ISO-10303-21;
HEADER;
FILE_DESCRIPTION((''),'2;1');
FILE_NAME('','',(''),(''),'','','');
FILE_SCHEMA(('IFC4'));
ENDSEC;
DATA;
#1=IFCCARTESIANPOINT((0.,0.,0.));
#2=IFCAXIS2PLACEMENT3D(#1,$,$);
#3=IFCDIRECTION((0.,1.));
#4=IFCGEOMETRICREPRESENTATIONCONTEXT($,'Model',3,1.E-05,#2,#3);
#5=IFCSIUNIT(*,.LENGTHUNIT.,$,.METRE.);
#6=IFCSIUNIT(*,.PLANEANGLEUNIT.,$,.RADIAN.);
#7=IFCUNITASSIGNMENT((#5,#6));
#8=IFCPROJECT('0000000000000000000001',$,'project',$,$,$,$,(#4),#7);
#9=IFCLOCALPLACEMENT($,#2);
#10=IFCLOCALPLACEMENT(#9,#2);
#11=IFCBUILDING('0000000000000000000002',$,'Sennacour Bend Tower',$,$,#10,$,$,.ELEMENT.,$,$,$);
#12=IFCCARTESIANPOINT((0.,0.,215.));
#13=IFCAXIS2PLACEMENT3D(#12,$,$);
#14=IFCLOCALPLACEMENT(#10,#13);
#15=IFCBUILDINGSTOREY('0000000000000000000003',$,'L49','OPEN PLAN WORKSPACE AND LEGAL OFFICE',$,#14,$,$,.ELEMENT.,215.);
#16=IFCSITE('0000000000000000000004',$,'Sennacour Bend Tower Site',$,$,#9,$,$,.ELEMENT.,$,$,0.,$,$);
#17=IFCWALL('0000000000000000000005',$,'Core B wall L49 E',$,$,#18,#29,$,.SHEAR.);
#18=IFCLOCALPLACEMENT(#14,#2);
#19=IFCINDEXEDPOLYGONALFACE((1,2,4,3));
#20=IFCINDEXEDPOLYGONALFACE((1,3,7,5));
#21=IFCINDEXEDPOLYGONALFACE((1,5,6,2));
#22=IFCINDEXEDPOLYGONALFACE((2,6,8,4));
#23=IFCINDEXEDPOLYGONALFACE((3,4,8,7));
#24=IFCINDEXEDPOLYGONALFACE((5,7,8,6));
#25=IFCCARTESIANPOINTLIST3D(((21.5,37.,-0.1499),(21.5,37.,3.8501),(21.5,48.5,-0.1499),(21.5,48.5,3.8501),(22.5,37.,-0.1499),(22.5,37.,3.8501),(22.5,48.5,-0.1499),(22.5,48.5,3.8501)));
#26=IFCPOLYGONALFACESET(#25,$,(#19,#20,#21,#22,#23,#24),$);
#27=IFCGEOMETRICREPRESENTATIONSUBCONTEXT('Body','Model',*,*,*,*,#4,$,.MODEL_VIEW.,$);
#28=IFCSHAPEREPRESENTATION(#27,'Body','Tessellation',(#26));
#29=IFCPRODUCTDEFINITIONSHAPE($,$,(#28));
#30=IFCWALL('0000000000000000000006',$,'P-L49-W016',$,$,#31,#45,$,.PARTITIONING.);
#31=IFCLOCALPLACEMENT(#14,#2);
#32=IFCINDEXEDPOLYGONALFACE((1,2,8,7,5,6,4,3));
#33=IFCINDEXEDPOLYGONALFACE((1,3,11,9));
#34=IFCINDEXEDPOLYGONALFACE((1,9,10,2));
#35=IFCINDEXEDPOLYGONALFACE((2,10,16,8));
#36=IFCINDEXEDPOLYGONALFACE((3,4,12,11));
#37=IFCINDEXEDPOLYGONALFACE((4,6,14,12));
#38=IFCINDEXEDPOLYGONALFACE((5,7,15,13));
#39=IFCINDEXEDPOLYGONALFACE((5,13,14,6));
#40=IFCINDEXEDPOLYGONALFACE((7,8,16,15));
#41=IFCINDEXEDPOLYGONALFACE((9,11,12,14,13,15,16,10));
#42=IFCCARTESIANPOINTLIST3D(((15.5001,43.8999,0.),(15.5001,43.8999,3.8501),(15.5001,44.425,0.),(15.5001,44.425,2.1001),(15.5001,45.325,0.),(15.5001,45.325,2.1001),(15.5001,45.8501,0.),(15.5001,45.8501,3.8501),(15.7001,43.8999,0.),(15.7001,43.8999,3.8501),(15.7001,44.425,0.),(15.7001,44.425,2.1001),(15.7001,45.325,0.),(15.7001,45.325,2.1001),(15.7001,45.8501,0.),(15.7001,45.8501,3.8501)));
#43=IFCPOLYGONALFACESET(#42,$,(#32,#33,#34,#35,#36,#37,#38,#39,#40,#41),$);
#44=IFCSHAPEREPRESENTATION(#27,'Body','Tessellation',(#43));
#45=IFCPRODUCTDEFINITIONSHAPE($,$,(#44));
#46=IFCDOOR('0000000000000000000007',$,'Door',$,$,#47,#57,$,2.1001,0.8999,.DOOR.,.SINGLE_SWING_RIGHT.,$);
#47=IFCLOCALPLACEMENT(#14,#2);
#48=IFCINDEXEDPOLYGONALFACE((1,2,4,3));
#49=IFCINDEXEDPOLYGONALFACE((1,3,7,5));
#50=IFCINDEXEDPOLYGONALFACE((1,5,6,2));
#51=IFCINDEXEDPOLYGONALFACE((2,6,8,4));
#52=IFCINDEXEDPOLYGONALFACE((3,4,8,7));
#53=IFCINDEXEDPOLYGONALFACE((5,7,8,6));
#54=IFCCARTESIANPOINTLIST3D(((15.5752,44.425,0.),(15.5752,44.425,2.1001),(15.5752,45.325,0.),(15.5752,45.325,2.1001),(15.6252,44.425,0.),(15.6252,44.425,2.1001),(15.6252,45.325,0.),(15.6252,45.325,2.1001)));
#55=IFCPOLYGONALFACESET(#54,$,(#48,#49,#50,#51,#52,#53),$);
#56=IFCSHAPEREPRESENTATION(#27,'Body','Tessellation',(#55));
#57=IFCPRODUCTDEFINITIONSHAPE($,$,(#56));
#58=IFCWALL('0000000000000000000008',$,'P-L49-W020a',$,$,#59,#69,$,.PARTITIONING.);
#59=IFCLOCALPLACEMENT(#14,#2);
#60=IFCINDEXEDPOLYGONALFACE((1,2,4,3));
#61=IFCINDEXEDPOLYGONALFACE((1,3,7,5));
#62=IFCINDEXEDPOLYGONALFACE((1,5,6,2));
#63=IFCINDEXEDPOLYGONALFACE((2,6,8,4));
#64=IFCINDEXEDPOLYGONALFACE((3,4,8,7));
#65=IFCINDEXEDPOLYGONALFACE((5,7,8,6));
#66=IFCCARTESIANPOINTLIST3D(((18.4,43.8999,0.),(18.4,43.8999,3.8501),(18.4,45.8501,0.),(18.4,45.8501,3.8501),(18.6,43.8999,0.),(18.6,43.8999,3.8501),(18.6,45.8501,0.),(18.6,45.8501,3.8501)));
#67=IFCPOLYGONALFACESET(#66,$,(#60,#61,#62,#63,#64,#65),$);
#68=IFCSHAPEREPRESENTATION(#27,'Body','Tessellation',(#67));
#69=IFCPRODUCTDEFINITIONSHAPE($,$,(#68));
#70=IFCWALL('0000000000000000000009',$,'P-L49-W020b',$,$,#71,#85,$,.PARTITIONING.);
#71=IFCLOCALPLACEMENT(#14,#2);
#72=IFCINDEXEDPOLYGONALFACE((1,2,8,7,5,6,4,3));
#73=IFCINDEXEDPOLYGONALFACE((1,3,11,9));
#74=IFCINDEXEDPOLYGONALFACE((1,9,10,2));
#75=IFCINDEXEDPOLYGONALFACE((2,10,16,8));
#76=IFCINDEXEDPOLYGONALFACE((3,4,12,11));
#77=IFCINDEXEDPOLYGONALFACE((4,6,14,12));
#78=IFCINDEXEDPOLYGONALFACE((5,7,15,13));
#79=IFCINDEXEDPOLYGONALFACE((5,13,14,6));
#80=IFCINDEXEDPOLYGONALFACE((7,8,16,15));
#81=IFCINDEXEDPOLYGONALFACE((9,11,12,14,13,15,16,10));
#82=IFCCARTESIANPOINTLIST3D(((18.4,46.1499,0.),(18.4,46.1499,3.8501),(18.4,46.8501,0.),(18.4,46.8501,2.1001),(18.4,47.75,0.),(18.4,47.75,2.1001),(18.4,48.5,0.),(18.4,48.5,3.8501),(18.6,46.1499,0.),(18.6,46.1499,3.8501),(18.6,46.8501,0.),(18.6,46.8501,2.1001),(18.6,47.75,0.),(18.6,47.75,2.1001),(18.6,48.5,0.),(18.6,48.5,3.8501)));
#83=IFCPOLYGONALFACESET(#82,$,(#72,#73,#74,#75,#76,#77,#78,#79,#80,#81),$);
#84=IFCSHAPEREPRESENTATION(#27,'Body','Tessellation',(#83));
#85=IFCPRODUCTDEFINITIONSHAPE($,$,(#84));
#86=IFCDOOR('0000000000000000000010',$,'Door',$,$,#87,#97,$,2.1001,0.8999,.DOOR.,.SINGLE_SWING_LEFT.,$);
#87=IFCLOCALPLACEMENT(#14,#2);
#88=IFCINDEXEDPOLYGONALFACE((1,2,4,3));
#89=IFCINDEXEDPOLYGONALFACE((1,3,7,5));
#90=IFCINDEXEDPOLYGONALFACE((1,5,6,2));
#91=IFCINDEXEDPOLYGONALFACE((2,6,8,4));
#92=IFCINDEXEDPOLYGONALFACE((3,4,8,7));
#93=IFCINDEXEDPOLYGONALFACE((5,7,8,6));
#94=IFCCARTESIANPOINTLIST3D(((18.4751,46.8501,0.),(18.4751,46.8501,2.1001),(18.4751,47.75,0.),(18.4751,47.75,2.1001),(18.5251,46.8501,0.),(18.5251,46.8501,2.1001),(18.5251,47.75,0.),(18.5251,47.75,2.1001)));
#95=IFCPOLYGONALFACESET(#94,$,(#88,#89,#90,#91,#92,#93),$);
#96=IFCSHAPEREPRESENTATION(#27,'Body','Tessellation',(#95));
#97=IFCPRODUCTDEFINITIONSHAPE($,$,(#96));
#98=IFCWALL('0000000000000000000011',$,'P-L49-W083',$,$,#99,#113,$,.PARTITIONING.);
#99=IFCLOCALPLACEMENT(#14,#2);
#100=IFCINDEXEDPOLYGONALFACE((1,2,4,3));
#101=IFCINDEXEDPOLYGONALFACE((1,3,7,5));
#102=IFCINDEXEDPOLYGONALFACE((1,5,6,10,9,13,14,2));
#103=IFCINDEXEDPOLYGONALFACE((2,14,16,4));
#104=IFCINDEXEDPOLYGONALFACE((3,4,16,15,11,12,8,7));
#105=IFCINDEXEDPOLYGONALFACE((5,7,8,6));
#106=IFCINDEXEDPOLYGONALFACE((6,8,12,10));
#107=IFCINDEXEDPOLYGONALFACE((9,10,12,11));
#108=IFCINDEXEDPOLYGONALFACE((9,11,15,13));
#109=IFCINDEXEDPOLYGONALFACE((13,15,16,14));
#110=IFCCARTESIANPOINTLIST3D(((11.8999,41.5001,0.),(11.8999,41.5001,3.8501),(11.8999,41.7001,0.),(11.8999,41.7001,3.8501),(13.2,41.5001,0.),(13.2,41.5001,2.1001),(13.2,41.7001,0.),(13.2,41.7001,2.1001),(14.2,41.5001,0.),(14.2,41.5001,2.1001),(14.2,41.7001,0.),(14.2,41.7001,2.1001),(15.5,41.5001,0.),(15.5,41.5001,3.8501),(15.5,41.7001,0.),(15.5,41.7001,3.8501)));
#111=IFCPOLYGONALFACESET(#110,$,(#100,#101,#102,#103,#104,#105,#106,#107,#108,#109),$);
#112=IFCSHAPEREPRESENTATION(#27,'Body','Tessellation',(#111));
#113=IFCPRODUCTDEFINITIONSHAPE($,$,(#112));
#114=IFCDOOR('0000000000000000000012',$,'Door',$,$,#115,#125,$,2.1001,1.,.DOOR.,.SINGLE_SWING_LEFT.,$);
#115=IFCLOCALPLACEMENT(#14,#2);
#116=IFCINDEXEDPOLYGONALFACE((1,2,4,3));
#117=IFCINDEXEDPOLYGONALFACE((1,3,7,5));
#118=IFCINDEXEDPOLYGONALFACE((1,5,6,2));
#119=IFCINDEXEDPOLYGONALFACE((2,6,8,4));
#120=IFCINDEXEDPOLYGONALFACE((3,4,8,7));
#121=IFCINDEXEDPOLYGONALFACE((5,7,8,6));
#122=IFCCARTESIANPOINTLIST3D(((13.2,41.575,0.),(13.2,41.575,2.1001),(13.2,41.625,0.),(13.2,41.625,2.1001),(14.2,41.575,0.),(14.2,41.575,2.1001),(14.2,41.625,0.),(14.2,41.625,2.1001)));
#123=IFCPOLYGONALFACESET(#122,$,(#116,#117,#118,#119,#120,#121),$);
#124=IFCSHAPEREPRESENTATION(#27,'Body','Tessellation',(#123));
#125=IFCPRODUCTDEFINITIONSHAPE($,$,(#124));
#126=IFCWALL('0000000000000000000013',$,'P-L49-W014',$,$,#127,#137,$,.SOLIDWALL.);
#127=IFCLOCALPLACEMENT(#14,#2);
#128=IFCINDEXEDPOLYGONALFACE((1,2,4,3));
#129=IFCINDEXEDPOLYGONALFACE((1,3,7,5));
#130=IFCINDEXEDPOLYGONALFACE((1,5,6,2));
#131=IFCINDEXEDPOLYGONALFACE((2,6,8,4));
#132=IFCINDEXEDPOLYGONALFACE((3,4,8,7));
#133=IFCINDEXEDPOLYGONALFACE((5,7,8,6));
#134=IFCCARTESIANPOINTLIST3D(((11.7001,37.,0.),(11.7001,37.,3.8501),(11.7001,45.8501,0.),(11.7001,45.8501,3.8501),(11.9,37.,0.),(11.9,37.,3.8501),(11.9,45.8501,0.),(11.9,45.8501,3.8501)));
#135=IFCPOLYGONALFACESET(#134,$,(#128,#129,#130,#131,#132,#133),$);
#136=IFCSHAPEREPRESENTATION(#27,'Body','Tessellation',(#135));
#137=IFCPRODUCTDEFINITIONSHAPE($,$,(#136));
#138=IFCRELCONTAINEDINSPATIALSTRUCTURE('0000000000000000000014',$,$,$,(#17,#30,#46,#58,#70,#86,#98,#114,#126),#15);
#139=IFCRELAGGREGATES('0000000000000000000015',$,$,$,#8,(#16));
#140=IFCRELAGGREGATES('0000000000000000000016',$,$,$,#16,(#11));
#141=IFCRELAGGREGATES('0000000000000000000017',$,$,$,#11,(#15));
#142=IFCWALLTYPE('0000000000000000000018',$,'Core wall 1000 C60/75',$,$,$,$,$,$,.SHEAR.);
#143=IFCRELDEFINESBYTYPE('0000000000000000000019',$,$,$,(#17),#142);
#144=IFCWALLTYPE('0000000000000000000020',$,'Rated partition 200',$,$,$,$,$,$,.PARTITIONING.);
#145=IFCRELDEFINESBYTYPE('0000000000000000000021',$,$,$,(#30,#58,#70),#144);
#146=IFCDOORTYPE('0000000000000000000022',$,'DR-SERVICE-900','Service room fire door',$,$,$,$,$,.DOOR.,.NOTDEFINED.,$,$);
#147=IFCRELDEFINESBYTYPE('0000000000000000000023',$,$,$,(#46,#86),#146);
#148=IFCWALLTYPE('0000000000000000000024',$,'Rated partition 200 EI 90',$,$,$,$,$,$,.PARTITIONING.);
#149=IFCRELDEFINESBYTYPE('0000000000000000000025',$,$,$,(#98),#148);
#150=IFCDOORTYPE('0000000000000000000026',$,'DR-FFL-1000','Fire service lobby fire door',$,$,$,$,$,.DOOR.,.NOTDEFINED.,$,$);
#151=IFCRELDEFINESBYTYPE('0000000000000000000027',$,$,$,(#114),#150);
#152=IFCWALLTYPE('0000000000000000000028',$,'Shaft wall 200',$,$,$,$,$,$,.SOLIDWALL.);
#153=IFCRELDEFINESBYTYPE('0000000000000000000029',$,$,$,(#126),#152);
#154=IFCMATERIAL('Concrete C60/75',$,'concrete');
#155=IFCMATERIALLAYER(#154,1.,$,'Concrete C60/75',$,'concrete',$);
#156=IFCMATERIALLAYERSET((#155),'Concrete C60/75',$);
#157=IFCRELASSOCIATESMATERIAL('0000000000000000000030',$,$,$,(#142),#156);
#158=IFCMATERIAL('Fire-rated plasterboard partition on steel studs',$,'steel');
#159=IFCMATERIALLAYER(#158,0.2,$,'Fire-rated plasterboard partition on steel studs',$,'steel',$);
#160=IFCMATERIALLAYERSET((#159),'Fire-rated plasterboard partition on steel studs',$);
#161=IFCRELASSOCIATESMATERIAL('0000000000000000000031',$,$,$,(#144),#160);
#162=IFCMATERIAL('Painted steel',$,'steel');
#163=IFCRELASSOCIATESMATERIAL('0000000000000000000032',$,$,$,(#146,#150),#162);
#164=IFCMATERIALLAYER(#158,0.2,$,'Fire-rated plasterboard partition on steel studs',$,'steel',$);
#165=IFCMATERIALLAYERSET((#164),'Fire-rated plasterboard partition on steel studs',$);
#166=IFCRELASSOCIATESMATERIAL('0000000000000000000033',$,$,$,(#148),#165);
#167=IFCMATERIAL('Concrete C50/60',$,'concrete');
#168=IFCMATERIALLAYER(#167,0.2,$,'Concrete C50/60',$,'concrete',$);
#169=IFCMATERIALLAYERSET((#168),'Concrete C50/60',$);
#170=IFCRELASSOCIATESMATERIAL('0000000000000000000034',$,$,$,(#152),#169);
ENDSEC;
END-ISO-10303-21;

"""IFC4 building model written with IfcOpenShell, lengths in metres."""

from ifc_helpers import new_model, si_unit, direction, frame, frame_2d, origin, place, context, subcontext, project, spatial, rectangle, extrude, material, layer, layer_set, type_object, element, fill, save


model = new_model("IFC4")

# Units and contexts
model_context = context("Model", 3, precision=1e-05, world=origin(), true_north=direction((0.0, 1.0)))
body_context = subcontext(model_context, "Body", "Model", "MODEL_VIEW")
ifc_project = project(units=[si_unit("LENGTHUNIT", "METRE"), si_unit("PLANEANGLEUNIT", "RADIAN")], contexts=[model_context])

# Site, building, storey
site_placement = place(None, origin())
site = spatial("IfcSite", under=ifc_project, at=site_placement, Name="Sennacour Bend Tower Site", CompositionType="ELEMENT", RefElevation=0.0)
building_placement = place(site_placement, origin())
building = spatial("IfcBuilding", under=site, at=building_placement, Name="Sennacour Bend Tower", CompositionType="ELEMENT")
storey_placement = place(building_placement, frame((0.0, 0.0, 215.0)))
storey = spatial("IfcBuildingStorey", under=building, at=storey_placement, Name="L49", Description="OPEN PLAN WORKSPACE AND LEGAL OFFICE", CompositionType="ELEMENT", Elevation=215.0)

# Wall
ifc_material_1 = material(Name="Concrete C60/75", Category="concrete")
ifc_layer_1 = layer(ifc_material_1, 1.0, Name="Concrete C60/75", Category="concrete")
ifc_layer_set_1 = layer_set([ifc_layer_1], Name="Concrete C60/75")
wall_type_1 = type_object("IfcWallType", Name="Core wall 1000 C60/75", PredefinedType="SHEAR", material=ifc_layer_set_1)
wall_1_placement = place(storey_placement, frame((22.0, 37.0, -0.1499), z_axis=(0.0, 0.0, 1.0), x_axis=(0.0, 1.0, 0.0)))
element("IfcWall", 1, at=wall_1_placement, inside=storey, type_object=wall_type_1, Name="Core B wall L49 E", PredefinedType="SHEAR", context=body_context, shape_type="SweptSolid", body=[
    extrude(rectangle(XDim=11.5, YDim=1.0, at=frame_2d((5.75, 0.0))), origin(), (0.0, 0.0, 1.0), 4.0),
])

# Wall, opening, door
ifc_material_2 = material(Name="Fire-rated plasterboard partition on steel studs", Category="steel")
ifc_layer_2 = layer(ifc_material_2, 0.2, Name="Fire-rated plasterboard partition on steel studs", Category="steel")
ifc_layer_set_2 = layer_set([ifc_layer_2], Name="Fire-rated plasterboard partition on steel studs")
wall_type_2 = type_object("IfcWallType", Name="Rated partition 200", PredefinedType="PARTITIONING", material=ifc_layer_set_2)
wall_2_placement = place(storey_placement, frame((15.6001, 43.8999, 0.0), z_axis=(0.0, 0.0, 1.0), x_axis=(0.0, 1.0, 0.0)))
wall_2 = element("IfcWall", 2, at=wall_2_placement, inside=storey, type_object=wall_type_2, Name="P-L49-W016", PredefinedType="PARTITIONING", context=body_context, shape_type="SweptSolid", body=[
    extrude(rectangle(XDim=1.9502, YDim=0.2, at=frame_2d((0.9751, 0.0))), origin(), (0.0, 0.0, 1.0), 3.8501),
])
opening_1_placement = place(wall_2_placement, frame((0.5251, 0.0, 0.0)))
opening_1 = element("IfcOpeningElement", 3, at=opening_1_placement, cuts=wall_2, PredefinedType="OPENING", context=body_context, shape_type="SweptSolid", body=[
    extrude(rectangle(XDim=0.8999, YDim=2.1001, at=frame_2d((0.45, 1.05))), frame((0.0, 0.1099, 0.0), z_axis=(0.0, -1.0, 0.0), x_axis=(1.0, 0.0, 0.0)), (0.0, 0.0, 1.0), 0.22),
])
ifc_material_3 = material(Name="Painted steel", Category="steel")
door_type_1 = type_object("IfcDoorType", Name="DR-SERVICE-900", Description="Service room fire door", OperationType="NOTDEFINED", PredefinedType="DOOR", material=ifc_material_3)
door_1_placement = place(opening_1_placement, origin())
door_1 = element("IfcDoor", 4, at=door_1_placement, inside=storey, type_object=door_type_1, Name="Door", OperationType="SINGLE_SWING_RIGHT", OverallHeight=2.1001, OverallWidth=0.8999, PredefinedType="DOOR", context=body_context, shape_type="SweptSolid", body=[
    extrude(rectangle(XDim=0.8999, YDim=2.1001, at=frame_2d((0.45, 1.05))), frame((0.0, 0.0249, 0.0), z_axis=(0.0, -1.0, 0.0), x_axis=(1.0, 0.0, 0.0)), (0.0, 0.0, 1.0), 0.05),
])
fill(opening_1, door_1)

# Wall
wall_3_placement = place(storey_placement, frame((18.5, 43.8999, 0.0), z_axis=(0.0, 0.0, 1.0), x_axis=(0.0, 1.0, 0.0)))
element("IfcWall", 5, at=wall_3_placement, inside=storey, type_object=wall_type_2, Name="P-L49-W020a", PredefinedType="PARTITIONING", context=body_context, shape_type="SweptSolid", body=[
    extrude(rectangle(XDim=1.9502, YDim=0.2, at=frame_2d((0.9751, 0.0))), origin(), (0.0, 0.0, 1.0), 3.8501),
])

# Walls, openings, doors
wall_4_placement = place(storey_placement, frame((18.5, 46.1499, 0.0), z_axis=(0.0, 0.0, 1.0), x_axis=(0.0, 1.0, 0.0)))
wall_4 = element("IfcWall", 6, at=wall_4_placement, inside=storey, type_object=wall_type_2, Name="P-L49-W020b", PredefinedType="PARTITIONING", context=body_context, shape_type="SweptSolid", body=[
    extrude(rectangle(XDim=2.3501, YDim=0.2, at=frame_2d((1.175, 0.0))), origin(), (0.0, 0.0, 1.0), 3.8501),
])
opening_2_placement = place(wall_4_placement, frame((0.7002, 0.0, 0.0)))
opening_2 = element("IfcOpeningElement", 7, at=opening_2_placement, cuts=wall_4, PredefinedType="OPENING", context=body_context, shape_type="SweptSolid", body=[
    extrude(rectangle(XDim=0.8999, YDim=2.1001, at=frame_2d((0.45, 1.05))), frame((0.0, 0.1099, 0.0), z_axis=(0.0, -1.0, 0.0), x_axis=(1.0, 0.0, 0.0)), (0.0, 0.0, 1.0), 0.22),
])
door_2_placement = place(opening_2_placement, origin())
door_2 = element("IfcDoor", 8, at=door_2_placement, inside=storey, type_object=door_type_1, Name="Door", OperationType="SINGLE_SWING_LEFT", OverallHeight=2.1001, OverallWidth=0.8999, PredefinedType="DOOR", context=body_context, shape_type="SweptSolid", body=[
    extrude(rectangle(XDim=0.8999, YDim=2.1001, at=frame_2d((0.45, 1.05))), frame((0.0, 0.0249, 0.0), z_axis=(0.0, -1.0, 0.0), x_axis=(1.0, 0.0, 0.0)), (0.0, 0.0, 1.0), 0.05),
])
fill(opening_2, door_2)
ifc_layer_3 = layer(ifc_material_2, 0.2, Name="Fire-rated plasterboard partition on steel studs", Category="steel")
ifc_layer_set_3 = layer_set([ifc_layer_3], Name="Fire-rated plasterboard partition on steel studs")
wall_type_3 = type_object("IfcWallType", Name="Rated partition 200 EI 90", PredefinedType="PARTITIONING", material=ifc_layer_set_3)
wall_5_placement = place(storey_placement, frame((11.8999, 41.6001, 0.0), z_axis=(0.0, 0.0, 1.0), x_axis=(1.0, 0.0, 0.0)))
wall_5 = element("IfcWall", 9, at=wall_5_placement, inside=storey, type_object=wall_type_3, Name="P-L49-W083", PredefinedType="PARTITIONING", context=body_context, shape_type="SweptSolid", body=[
    extrude(rectangle(XDim=3.6001, YDim=0.2, at=frame_2d((1.8, 0.0))), origin(), (0.0, 0.0, 1.0), 3.8501),
])
opening_3_placement = place(wall_5_placement, frame((1.3, 0.0, 0.0)))
opening_3 = element("IfcOpeningElement", 10, at=opening_3_placement, cuts=wall_5, PredefinedType="OPENING", context=body_context, shape_type="SweptSolid", body=[
    extrude(rectangle(XDim=1.0, YDim=2.1001, at=frame_2d((0.5, 1.05))), frame((0.0, 0.1099, 0.0), z_axis=(0.0, -1.0, 0.0), x_axis=(1.0, 0.0, 0.0)), (0.0, 0.0, 1.0), 0.22),
])
door_type_2 = type_object("IfcDoorType", Name="DR-FFL-1000", Description="Fire service lobby fire door", OperationType="NOTDEFINED", PredefinedType="DOOR", material=ifc_material_3)
door_3_placement = place(opening_3_placement, origin())
door_3 = element("IfcDoor", 11, at=door_3_placement, inside=storey, type_object=door_type_2, Name="Door", OperationType="SINGLE_SWING_LEFT", OverallHeight=2.1001, OverallWidth=1.0, PredefinedType="DOOR", context=body_context, shape_type="SweptSolid", body=[
    extrude(rectangle(XDim=1.0, YDim=2.1001, at=frame_2d((0.5, 1.05))), frame((0.0, 0.0249, 0.0), z_axis=(0.0, -1.0, 0.0), x_axis=(1.0, 0.0, 0.0)), (0.0, 0.0, 1.0), 0.05),
])
fill(opening_3, door_3)

# Wall
ifc_material_4 = material(Name="Concrete C50/60", Category="concrete")
ifc_layer_4 = layer(ifc_material_4, 0.2, Name="Concrete C50/60", Category="concrete")
ifc_layer_set_4 = layer_set([ifc_layer_4], Name="Concrete C50/60")
wall_type_4 = type_object("IfcWallType", Name="Shaft wall 200", PredefinedType="SOLIDWALL", material=ifc_layer_set_4)
wall_6_placement = place(storey_placement, frame((11.8, 37.0, 0.0), z_axis=(0.0, 0.0, 1.0), x_axis=(0.0, 1.0, 0.0)))
element("IfcWall", 12, at=wall_6_placement, inside=storey, type_object=wall_type_4, Name="P-L49-W014", PredefinedType="SOLIDWALL", context=body_context, shape_type="SweptSolid", body=[
    extrude(rectangle(XDim=8.8501, YDim=0.2, at=frame_2d((4.425, 0.0))), origin(), (0.0, 0.0, 1.0), 3.8501),
])

save(model, "model.ifc")
